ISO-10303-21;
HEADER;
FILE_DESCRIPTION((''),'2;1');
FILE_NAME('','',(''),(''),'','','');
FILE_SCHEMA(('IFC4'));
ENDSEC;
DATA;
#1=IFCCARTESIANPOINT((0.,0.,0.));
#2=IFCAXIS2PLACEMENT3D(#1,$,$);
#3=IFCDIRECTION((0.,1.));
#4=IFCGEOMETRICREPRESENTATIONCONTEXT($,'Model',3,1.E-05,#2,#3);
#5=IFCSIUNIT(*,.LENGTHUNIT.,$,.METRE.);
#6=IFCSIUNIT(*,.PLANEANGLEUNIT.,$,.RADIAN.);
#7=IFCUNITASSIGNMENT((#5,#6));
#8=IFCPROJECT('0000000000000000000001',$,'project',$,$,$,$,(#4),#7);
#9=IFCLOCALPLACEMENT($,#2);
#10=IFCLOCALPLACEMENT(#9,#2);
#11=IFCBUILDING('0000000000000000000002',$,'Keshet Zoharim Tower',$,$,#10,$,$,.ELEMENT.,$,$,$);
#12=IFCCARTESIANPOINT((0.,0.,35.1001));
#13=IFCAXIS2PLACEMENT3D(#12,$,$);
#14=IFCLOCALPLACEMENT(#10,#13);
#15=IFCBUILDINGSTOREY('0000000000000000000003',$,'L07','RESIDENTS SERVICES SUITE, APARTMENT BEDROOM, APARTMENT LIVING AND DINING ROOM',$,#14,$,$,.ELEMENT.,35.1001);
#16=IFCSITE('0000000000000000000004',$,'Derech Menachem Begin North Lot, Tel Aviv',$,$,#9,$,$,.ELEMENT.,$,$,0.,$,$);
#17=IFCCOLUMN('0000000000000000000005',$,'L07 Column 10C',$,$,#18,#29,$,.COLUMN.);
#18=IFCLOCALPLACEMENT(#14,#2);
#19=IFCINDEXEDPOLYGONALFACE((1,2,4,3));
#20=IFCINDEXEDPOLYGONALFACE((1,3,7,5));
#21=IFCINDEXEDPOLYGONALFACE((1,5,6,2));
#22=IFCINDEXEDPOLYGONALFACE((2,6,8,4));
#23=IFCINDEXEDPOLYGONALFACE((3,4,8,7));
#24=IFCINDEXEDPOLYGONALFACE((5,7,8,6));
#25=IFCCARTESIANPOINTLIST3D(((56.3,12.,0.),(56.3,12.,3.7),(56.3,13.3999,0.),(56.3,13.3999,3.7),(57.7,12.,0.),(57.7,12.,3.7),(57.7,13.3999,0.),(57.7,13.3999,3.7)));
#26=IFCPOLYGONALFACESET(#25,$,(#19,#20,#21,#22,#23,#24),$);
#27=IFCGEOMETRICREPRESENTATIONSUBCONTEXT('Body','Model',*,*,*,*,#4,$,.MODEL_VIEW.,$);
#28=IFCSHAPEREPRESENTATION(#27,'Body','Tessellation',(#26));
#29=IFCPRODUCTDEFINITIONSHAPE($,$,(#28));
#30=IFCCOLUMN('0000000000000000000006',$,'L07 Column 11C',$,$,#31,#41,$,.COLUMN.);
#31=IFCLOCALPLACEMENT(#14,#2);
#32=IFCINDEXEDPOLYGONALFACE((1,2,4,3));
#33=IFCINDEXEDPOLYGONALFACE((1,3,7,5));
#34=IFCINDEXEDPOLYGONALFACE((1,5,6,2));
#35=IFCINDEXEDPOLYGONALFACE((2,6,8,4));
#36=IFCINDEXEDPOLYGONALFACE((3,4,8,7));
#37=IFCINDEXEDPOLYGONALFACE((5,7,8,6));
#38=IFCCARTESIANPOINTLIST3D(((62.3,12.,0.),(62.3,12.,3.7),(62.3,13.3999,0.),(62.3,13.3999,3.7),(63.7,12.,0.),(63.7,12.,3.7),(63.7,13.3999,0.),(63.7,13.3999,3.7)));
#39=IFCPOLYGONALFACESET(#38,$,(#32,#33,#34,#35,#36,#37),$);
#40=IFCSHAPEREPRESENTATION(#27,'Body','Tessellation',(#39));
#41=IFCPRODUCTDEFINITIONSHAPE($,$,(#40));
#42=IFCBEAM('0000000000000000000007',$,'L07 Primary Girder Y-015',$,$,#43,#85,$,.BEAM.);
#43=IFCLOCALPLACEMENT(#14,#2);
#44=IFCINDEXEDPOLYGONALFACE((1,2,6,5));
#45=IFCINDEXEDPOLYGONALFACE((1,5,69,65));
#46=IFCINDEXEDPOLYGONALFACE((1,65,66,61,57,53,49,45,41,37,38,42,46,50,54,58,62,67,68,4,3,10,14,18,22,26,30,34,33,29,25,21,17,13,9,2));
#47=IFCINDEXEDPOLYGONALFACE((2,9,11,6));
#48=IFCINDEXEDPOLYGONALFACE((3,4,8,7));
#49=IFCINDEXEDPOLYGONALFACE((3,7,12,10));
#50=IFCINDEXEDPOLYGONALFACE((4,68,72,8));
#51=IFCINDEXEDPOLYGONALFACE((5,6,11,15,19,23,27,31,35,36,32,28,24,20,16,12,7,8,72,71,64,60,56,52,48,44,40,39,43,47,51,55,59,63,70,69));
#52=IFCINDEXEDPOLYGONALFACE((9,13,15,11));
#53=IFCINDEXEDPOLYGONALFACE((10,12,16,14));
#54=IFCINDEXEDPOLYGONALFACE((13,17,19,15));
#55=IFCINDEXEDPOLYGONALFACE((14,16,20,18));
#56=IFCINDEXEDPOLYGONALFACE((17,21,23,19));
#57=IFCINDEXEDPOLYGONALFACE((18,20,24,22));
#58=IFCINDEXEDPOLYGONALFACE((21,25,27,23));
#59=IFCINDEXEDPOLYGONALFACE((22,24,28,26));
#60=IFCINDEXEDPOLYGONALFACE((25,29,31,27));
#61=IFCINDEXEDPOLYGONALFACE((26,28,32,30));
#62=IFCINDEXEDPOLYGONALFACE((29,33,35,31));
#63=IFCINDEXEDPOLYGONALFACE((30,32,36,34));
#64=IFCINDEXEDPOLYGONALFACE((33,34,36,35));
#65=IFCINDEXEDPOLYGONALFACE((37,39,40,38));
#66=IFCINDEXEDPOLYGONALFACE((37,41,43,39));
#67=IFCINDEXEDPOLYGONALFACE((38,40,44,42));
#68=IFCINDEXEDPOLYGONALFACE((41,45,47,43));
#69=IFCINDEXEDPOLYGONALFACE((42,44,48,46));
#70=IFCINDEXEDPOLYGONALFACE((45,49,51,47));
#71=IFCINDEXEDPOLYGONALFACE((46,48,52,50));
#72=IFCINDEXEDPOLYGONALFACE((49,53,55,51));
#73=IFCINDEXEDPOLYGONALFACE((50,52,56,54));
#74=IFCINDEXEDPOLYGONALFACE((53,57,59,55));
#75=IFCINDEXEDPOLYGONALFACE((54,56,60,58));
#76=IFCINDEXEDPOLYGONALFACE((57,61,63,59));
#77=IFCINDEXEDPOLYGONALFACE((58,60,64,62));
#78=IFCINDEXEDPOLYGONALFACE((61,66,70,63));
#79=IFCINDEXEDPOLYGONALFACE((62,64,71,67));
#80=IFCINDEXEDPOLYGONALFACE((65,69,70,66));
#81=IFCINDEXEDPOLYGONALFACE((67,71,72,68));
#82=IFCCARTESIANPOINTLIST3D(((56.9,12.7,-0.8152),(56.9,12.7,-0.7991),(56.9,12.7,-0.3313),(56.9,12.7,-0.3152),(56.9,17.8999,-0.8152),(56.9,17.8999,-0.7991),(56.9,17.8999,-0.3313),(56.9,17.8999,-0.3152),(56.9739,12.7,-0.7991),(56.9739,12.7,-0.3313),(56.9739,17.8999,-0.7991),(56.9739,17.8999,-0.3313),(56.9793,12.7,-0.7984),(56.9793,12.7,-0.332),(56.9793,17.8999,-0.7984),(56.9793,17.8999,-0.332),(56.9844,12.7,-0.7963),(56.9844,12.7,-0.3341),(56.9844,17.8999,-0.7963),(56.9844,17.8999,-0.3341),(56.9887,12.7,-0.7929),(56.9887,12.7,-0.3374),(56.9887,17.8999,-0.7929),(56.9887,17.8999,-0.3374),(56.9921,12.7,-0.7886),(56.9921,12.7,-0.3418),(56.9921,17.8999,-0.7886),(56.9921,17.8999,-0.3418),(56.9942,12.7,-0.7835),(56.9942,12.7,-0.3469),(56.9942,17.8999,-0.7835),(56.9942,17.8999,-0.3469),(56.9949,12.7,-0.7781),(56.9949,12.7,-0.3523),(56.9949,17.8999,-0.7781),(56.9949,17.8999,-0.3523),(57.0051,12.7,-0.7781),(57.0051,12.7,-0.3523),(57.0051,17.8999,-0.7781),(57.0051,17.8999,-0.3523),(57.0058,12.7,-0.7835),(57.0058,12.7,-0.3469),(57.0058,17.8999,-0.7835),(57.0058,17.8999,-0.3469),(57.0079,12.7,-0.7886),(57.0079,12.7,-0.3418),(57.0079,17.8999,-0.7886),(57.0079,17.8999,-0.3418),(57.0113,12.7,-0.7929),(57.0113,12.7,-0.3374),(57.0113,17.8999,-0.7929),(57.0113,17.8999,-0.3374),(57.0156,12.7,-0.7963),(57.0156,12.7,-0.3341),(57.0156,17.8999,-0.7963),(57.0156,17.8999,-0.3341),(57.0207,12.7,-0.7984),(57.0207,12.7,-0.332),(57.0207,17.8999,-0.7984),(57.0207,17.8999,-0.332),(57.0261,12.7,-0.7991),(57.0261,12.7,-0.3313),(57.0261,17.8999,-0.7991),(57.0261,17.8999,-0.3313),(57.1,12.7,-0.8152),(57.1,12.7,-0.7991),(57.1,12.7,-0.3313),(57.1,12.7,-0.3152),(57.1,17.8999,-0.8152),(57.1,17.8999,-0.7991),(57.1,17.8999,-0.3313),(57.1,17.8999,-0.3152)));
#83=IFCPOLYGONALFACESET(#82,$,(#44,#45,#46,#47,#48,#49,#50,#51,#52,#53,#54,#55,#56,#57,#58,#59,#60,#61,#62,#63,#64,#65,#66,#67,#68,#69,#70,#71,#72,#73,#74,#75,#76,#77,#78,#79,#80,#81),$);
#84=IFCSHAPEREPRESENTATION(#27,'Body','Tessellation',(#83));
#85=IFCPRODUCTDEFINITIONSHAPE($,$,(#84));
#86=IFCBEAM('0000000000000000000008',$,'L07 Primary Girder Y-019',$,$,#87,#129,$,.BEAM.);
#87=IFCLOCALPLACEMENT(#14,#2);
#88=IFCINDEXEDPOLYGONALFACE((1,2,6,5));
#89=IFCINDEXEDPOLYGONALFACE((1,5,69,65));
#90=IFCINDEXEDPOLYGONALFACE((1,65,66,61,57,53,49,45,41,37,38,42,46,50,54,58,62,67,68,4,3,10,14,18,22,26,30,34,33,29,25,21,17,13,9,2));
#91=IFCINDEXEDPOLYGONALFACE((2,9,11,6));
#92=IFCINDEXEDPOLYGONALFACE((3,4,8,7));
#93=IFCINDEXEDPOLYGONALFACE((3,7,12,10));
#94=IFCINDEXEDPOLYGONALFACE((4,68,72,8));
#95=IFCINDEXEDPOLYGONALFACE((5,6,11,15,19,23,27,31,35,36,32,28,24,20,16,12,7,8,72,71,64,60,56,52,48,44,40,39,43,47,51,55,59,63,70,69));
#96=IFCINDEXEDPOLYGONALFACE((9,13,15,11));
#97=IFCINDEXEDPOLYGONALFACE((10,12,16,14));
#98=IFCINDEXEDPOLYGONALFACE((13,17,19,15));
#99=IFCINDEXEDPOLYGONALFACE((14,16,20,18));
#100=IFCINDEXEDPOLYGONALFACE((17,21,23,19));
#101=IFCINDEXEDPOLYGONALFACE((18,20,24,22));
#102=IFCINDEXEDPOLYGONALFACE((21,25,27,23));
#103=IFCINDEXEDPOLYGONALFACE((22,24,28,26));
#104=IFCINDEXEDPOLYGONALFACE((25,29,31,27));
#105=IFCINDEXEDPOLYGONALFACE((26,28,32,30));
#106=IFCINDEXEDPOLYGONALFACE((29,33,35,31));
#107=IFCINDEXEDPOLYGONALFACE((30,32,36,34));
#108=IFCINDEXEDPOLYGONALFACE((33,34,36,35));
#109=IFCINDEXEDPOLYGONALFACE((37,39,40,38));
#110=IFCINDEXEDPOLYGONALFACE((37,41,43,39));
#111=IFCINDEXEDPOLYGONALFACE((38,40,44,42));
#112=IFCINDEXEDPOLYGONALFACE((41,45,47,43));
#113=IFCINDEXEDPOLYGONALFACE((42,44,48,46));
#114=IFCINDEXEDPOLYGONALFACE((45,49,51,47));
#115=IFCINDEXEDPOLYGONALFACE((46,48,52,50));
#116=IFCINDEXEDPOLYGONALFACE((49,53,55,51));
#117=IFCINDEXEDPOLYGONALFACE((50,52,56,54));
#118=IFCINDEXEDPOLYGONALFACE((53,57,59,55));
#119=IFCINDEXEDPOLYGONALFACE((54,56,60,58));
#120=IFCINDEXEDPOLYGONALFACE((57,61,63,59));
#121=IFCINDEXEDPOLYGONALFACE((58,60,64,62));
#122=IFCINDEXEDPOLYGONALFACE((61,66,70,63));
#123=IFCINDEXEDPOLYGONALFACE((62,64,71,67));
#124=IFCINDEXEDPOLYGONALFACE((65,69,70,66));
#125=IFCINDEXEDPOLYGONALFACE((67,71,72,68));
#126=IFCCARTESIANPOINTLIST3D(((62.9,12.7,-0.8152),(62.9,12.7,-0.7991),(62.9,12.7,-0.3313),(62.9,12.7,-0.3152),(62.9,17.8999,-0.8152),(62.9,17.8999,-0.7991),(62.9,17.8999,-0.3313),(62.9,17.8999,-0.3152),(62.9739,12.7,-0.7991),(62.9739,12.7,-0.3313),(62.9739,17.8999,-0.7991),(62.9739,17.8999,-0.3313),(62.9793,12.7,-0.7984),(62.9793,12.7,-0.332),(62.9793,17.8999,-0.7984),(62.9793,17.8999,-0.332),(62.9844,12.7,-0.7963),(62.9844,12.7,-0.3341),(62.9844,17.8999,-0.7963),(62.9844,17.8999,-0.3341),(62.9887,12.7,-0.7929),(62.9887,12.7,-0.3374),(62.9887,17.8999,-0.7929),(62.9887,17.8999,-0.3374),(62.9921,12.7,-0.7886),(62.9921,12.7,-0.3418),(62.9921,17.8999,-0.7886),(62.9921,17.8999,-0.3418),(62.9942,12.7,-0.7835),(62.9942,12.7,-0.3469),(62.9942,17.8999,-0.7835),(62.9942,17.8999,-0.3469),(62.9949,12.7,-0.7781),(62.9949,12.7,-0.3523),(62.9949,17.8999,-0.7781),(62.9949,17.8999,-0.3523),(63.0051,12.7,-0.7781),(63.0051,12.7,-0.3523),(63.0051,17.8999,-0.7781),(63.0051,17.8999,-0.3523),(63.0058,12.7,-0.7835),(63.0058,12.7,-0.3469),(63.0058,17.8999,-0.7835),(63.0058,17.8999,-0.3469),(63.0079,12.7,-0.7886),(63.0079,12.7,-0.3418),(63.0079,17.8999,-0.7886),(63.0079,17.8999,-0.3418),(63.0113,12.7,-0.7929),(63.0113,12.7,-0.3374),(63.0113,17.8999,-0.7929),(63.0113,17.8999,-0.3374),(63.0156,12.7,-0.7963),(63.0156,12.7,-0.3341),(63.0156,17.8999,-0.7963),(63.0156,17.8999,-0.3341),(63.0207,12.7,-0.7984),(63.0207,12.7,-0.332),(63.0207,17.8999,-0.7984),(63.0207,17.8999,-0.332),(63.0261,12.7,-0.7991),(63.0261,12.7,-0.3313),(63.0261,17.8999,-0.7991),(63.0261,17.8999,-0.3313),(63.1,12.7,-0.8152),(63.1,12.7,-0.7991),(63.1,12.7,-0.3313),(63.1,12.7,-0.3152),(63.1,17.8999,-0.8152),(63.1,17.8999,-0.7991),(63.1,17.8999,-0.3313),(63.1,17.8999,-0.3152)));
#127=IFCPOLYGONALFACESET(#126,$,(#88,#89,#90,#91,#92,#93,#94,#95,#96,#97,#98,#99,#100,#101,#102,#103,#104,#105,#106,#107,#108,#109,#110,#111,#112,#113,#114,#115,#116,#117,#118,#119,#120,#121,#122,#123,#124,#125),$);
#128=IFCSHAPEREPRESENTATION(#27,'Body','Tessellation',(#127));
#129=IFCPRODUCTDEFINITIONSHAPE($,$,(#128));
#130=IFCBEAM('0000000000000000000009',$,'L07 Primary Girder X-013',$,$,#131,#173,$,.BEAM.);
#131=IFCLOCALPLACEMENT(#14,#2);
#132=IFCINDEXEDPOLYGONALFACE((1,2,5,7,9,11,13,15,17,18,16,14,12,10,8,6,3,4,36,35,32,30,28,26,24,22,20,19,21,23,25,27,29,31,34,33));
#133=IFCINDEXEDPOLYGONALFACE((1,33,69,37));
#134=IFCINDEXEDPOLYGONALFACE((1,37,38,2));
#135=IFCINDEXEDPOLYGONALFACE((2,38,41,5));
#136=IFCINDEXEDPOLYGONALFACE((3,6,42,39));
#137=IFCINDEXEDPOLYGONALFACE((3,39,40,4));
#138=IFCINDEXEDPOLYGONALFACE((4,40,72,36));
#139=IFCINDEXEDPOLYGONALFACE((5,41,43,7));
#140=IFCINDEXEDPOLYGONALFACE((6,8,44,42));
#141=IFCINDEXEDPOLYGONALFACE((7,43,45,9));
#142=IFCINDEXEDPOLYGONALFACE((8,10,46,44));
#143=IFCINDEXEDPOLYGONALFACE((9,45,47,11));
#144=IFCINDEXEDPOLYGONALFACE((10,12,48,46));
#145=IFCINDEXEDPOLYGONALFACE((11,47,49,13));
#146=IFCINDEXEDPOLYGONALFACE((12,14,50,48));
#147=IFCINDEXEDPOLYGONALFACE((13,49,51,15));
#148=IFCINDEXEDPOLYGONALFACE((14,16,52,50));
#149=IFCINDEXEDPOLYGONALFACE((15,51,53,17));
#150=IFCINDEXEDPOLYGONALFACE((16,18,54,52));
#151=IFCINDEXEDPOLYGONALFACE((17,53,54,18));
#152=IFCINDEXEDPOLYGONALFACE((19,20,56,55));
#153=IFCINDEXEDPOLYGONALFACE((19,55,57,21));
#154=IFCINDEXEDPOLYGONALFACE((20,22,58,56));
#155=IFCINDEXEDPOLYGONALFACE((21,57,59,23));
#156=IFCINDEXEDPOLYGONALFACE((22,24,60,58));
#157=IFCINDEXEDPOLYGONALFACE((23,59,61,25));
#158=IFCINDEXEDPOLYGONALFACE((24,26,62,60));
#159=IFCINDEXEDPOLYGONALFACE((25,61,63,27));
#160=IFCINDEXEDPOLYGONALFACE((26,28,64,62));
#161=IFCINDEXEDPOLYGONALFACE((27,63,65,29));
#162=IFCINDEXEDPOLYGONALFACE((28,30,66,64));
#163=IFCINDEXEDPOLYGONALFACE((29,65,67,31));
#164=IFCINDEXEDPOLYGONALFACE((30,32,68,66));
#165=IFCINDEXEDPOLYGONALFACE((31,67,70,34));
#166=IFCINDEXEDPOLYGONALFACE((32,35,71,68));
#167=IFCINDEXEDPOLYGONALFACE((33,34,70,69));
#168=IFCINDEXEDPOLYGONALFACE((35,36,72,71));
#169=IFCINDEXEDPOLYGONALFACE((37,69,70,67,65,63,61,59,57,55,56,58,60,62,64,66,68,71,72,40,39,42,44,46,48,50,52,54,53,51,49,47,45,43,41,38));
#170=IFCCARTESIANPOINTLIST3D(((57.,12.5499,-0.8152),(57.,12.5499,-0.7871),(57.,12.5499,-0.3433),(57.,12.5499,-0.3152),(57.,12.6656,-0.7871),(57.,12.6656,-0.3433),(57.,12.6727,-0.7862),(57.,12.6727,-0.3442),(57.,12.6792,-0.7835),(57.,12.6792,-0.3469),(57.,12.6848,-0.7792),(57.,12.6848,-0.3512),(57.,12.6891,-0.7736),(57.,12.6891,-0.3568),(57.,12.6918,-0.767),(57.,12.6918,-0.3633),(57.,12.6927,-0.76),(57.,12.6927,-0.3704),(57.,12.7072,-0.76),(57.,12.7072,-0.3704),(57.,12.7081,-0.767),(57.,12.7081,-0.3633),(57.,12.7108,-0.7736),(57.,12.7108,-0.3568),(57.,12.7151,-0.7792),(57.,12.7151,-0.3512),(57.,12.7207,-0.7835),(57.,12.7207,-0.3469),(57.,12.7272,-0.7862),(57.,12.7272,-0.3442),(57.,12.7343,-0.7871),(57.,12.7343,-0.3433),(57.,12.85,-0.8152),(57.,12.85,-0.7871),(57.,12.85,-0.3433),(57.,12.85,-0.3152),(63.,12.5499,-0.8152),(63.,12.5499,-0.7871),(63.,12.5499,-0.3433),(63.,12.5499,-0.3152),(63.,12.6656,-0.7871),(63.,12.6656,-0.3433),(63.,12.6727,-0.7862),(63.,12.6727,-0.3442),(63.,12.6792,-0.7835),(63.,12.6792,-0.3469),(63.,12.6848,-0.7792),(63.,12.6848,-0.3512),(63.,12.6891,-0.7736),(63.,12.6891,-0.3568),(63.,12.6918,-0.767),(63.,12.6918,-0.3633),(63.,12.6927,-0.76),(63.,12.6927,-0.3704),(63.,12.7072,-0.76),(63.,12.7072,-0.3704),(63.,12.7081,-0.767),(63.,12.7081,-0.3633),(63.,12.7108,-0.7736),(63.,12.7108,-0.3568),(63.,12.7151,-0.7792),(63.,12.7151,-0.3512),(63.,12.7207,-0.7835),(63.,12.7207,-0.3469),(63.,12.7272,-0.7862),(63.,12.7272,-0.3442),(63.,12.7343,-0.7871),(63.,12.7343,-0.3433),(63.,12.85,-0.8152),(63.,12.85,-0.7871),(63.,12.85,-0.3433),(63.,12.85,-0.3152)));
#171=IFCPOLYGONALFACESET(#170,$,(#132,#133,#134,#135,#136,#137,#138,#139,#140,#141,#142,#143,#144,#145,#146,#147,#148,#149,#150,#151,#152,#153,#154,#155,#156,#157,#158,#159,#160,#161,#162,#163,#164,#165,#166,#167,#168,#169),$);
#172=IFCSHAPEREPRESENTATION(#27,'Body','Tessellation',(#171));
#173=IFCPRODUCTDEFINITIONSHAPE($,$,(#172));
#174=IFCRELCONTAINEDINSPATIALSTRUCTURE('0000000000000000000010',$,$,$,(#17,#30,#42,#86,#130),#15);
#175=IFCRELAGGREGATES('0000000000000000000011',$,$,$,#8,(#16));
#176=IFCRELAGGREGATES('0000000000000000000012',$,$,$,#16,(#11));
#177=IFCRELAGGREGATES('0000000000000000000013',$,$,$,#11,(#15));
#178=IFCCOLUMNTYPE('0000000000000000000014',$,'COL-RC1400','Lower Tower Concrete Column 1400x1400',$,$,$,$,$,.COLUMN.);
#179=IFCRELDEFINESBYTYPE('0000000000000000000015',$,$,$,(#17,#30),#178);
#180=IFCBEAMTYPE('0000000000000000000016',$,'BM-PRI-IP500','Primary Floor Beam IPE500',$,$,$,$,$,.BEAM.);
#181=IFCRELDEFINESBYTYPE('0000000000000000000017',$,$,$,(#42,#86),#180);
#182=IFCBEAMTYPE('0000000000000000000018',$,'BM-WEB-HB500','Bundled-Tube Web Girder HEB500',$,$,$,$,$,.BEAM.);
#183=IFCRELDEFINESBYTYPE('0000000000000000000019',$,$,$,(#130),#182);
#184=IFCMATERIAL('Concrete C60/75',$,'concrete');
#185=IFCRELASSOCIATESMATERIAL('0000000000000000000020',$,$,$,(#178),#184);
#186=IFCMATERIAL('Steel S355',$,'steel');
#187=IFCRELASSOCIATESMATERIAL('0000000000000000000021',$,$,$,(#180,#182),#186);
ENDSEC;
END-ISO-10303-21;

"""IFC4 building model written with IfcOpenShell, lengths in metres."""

from ifc_helpers import new_model, si_unit, direction, frame, origin, origin_2d, place, context, subcontext, project, spatial, rectangle, i_section, extrude, material, material_profile, profile_set, type_object, element, save


model = new_model("IFC4")

# Units and contexts
model_context = context("Model", 3, precision=1e-05, world=origin(), true_north=direction((0.0, 1.0)))
body_context = subcontext(model_context, "Body", "Model", "MODEL_VIEW")
ifc_project = project(units=[si_unit("LENGTHUNIT", "METRE"), si_unit("PLANEANGLEUNIT", "RADIAN")], contexts=[model_context])

# Site, building, storey
site_placement = place(None, origin())
site = spatial("IfcSite", under=ifc_project, at=site_placement, Name="Derech Menachem Begin North Lot, Tel Aviv", CompositionType="ELEMENT", RefElevation=0.0)
building_placement = place(site_placement, origin())
building = spatial("IfcBuilding", under=site, at=building_placement, Name="Keshet Zoharim Tower", CompositionType="ELEMENT")
storey_placement = place(building_placement, frame((0.0, 0.0, 35.1001)))
storey = spatial("IfcBuildingStorey", under=building, at=storey_placement, Name="L07", Description="RESIDENTS SERVICES SUITE, APARTMENT BEDROOM, APARTMENT LIVING AND DINING ROOM", CompositionType="ELEMENT", Elevation=35.1001)

# Columns
ifc_material_1 = material(Name="Concrete C60/75", Category="concrete")
ifc_material_profile_1 = material_profile(ifc_material_1, rectangle(XDim=1.3999, YDim=1.3999, at=origin_2d()), Name="RC1400x1400")
ifc_profile_set_1 = profile_set([ifc_material_profile_1], Name="Concrete C60/75")
column_type = type_object("IfcColumnType", Name="COL-RC1400", Description="Lower Tower Concrete Column 1400x1400", PredefinedType="COLUMN", material=ifc_profile_set_1)
for number, where, z_axis, x_axis, name in (
    (1, (57.0, 12.7, 0.0), (0.0, 0.0, 1.0), (1.0, 0.0, 0.0), "L07 Column 10C"),
    (2, (63.0, 12.7, 0.0), (0.0, 0.0, 1.0), (1.0, 0.0, 0.0), "L07 Column 11C"),
):
    element("IfcColumn", number, at=place(storey_placement, frame(where, z_axis=z_axis, x_axis=x_axis)), inside=storey, type_object=column_type, Name=name, PredefinedType="COLUMN", context=body_context, shape_type="SweptSolid", body=[
        extrude(rectangle(XDim=1.3999, YDim=1.3999, at=origin_2d()), origin(), (0.0, 0.0, 1.0), 3.7),
    ])

# Beams
ifc_material_2 = material(Name="Steel S355", Category="steel")
ifc_material_profile_2 = material_profile(ifc_material_2, i_section(OverallWidth=0.2, OverallDepth=0.5, WebThickness=0.0103, FlangeThickness=0.0161, FilletRadius=0.021, at=origin_2d()), Name="IPE500")
ifc_profile_set_2 = profile_set([ifc_material_profile_2], Name="Steel S355")
beam_type_1 = type_object("IfcBeamType", Name="BM-PRI-IP500", Description="Primary Floor Beam IPE500", PredefinedType="BEAM", material=ifc_profile_set_2)
for number, where, z_axis, x_axis, name in (
    (3, (57.0, 12.7, -0.5652), (0.0, 1.0, 0.0), (-1.0, 0.0, 0.0), "L07 Primary Girder Y-015"),
    (4, (63.0, 12.7, -0.5652), (0.0, 1.0, 0.0), (-1.0, 0.0, 0.0), "L07 Primary Girder Y-019"),
):
    element("IfcBeam", number, at=place(storey_placement, frame(where, z_axis=z_axis, x_axis=x_axis)), inside=storey, type_object=beam_type_1, Name=name, PredefinedType="BEAM", context=body_context, shape_type="SweptSolid", body=[
        extrude(i_section(OverallWidth=0.2, OverallDepth=0.5, WebThickness=0.0103, FlangeThickness=0.0161, FilletRadius=0.021, at=origin_2d()), origin(), (0.0, 0.0, 1.0), 5.2),
    ])
ifc_material_profile_3 = material_profile(ifc_material_2, i_section(OverallWidth=0.3, OverallDepth=0.5, WebThickness=0.0144, FlangeThickness=0.0281, FilletRadius=0.0271, at=origin_2d()), Name="HEB500")
ifc_profile_set_3 = profile_set([ifc_material_profile_3], Name="Steel S355")
beam_type_2 = type_object("IfcBeamType", Name="BM-WEB-HB500", Description="Bundled-Tube Web Girder HEB500", PredefinedType="BEAM", material=ifc_profile_set_3)
for number, where, z_axis, x_axis, name in (
    (5, (57.0, 12.7, -0.5652), (1.0, 0.0, 0.0), (0.0, 1.0, 0.0), "L07 Primary Girder X-013"),
):
    element("IfcBeam", number, at=place(storey_placement, frame(where, z_axis=z_axis, x_axis=x_axis)), inside=storey, type_object=beam_type_2, Name=name, PredefinedType="BEAM", context=body_context, shape_type="SweptSolid", body=[
        extrude(i_section(OverallWidth=0.3, OverallDepth=0.5, WebThickness=0.0144, FlangeThickness=0.0281, FilletRadius=0.0271, at=origin_2d()), origin(), (0.0, 0.0, 1.0), 6.0),
    ])

save(model, "model.ifc")
